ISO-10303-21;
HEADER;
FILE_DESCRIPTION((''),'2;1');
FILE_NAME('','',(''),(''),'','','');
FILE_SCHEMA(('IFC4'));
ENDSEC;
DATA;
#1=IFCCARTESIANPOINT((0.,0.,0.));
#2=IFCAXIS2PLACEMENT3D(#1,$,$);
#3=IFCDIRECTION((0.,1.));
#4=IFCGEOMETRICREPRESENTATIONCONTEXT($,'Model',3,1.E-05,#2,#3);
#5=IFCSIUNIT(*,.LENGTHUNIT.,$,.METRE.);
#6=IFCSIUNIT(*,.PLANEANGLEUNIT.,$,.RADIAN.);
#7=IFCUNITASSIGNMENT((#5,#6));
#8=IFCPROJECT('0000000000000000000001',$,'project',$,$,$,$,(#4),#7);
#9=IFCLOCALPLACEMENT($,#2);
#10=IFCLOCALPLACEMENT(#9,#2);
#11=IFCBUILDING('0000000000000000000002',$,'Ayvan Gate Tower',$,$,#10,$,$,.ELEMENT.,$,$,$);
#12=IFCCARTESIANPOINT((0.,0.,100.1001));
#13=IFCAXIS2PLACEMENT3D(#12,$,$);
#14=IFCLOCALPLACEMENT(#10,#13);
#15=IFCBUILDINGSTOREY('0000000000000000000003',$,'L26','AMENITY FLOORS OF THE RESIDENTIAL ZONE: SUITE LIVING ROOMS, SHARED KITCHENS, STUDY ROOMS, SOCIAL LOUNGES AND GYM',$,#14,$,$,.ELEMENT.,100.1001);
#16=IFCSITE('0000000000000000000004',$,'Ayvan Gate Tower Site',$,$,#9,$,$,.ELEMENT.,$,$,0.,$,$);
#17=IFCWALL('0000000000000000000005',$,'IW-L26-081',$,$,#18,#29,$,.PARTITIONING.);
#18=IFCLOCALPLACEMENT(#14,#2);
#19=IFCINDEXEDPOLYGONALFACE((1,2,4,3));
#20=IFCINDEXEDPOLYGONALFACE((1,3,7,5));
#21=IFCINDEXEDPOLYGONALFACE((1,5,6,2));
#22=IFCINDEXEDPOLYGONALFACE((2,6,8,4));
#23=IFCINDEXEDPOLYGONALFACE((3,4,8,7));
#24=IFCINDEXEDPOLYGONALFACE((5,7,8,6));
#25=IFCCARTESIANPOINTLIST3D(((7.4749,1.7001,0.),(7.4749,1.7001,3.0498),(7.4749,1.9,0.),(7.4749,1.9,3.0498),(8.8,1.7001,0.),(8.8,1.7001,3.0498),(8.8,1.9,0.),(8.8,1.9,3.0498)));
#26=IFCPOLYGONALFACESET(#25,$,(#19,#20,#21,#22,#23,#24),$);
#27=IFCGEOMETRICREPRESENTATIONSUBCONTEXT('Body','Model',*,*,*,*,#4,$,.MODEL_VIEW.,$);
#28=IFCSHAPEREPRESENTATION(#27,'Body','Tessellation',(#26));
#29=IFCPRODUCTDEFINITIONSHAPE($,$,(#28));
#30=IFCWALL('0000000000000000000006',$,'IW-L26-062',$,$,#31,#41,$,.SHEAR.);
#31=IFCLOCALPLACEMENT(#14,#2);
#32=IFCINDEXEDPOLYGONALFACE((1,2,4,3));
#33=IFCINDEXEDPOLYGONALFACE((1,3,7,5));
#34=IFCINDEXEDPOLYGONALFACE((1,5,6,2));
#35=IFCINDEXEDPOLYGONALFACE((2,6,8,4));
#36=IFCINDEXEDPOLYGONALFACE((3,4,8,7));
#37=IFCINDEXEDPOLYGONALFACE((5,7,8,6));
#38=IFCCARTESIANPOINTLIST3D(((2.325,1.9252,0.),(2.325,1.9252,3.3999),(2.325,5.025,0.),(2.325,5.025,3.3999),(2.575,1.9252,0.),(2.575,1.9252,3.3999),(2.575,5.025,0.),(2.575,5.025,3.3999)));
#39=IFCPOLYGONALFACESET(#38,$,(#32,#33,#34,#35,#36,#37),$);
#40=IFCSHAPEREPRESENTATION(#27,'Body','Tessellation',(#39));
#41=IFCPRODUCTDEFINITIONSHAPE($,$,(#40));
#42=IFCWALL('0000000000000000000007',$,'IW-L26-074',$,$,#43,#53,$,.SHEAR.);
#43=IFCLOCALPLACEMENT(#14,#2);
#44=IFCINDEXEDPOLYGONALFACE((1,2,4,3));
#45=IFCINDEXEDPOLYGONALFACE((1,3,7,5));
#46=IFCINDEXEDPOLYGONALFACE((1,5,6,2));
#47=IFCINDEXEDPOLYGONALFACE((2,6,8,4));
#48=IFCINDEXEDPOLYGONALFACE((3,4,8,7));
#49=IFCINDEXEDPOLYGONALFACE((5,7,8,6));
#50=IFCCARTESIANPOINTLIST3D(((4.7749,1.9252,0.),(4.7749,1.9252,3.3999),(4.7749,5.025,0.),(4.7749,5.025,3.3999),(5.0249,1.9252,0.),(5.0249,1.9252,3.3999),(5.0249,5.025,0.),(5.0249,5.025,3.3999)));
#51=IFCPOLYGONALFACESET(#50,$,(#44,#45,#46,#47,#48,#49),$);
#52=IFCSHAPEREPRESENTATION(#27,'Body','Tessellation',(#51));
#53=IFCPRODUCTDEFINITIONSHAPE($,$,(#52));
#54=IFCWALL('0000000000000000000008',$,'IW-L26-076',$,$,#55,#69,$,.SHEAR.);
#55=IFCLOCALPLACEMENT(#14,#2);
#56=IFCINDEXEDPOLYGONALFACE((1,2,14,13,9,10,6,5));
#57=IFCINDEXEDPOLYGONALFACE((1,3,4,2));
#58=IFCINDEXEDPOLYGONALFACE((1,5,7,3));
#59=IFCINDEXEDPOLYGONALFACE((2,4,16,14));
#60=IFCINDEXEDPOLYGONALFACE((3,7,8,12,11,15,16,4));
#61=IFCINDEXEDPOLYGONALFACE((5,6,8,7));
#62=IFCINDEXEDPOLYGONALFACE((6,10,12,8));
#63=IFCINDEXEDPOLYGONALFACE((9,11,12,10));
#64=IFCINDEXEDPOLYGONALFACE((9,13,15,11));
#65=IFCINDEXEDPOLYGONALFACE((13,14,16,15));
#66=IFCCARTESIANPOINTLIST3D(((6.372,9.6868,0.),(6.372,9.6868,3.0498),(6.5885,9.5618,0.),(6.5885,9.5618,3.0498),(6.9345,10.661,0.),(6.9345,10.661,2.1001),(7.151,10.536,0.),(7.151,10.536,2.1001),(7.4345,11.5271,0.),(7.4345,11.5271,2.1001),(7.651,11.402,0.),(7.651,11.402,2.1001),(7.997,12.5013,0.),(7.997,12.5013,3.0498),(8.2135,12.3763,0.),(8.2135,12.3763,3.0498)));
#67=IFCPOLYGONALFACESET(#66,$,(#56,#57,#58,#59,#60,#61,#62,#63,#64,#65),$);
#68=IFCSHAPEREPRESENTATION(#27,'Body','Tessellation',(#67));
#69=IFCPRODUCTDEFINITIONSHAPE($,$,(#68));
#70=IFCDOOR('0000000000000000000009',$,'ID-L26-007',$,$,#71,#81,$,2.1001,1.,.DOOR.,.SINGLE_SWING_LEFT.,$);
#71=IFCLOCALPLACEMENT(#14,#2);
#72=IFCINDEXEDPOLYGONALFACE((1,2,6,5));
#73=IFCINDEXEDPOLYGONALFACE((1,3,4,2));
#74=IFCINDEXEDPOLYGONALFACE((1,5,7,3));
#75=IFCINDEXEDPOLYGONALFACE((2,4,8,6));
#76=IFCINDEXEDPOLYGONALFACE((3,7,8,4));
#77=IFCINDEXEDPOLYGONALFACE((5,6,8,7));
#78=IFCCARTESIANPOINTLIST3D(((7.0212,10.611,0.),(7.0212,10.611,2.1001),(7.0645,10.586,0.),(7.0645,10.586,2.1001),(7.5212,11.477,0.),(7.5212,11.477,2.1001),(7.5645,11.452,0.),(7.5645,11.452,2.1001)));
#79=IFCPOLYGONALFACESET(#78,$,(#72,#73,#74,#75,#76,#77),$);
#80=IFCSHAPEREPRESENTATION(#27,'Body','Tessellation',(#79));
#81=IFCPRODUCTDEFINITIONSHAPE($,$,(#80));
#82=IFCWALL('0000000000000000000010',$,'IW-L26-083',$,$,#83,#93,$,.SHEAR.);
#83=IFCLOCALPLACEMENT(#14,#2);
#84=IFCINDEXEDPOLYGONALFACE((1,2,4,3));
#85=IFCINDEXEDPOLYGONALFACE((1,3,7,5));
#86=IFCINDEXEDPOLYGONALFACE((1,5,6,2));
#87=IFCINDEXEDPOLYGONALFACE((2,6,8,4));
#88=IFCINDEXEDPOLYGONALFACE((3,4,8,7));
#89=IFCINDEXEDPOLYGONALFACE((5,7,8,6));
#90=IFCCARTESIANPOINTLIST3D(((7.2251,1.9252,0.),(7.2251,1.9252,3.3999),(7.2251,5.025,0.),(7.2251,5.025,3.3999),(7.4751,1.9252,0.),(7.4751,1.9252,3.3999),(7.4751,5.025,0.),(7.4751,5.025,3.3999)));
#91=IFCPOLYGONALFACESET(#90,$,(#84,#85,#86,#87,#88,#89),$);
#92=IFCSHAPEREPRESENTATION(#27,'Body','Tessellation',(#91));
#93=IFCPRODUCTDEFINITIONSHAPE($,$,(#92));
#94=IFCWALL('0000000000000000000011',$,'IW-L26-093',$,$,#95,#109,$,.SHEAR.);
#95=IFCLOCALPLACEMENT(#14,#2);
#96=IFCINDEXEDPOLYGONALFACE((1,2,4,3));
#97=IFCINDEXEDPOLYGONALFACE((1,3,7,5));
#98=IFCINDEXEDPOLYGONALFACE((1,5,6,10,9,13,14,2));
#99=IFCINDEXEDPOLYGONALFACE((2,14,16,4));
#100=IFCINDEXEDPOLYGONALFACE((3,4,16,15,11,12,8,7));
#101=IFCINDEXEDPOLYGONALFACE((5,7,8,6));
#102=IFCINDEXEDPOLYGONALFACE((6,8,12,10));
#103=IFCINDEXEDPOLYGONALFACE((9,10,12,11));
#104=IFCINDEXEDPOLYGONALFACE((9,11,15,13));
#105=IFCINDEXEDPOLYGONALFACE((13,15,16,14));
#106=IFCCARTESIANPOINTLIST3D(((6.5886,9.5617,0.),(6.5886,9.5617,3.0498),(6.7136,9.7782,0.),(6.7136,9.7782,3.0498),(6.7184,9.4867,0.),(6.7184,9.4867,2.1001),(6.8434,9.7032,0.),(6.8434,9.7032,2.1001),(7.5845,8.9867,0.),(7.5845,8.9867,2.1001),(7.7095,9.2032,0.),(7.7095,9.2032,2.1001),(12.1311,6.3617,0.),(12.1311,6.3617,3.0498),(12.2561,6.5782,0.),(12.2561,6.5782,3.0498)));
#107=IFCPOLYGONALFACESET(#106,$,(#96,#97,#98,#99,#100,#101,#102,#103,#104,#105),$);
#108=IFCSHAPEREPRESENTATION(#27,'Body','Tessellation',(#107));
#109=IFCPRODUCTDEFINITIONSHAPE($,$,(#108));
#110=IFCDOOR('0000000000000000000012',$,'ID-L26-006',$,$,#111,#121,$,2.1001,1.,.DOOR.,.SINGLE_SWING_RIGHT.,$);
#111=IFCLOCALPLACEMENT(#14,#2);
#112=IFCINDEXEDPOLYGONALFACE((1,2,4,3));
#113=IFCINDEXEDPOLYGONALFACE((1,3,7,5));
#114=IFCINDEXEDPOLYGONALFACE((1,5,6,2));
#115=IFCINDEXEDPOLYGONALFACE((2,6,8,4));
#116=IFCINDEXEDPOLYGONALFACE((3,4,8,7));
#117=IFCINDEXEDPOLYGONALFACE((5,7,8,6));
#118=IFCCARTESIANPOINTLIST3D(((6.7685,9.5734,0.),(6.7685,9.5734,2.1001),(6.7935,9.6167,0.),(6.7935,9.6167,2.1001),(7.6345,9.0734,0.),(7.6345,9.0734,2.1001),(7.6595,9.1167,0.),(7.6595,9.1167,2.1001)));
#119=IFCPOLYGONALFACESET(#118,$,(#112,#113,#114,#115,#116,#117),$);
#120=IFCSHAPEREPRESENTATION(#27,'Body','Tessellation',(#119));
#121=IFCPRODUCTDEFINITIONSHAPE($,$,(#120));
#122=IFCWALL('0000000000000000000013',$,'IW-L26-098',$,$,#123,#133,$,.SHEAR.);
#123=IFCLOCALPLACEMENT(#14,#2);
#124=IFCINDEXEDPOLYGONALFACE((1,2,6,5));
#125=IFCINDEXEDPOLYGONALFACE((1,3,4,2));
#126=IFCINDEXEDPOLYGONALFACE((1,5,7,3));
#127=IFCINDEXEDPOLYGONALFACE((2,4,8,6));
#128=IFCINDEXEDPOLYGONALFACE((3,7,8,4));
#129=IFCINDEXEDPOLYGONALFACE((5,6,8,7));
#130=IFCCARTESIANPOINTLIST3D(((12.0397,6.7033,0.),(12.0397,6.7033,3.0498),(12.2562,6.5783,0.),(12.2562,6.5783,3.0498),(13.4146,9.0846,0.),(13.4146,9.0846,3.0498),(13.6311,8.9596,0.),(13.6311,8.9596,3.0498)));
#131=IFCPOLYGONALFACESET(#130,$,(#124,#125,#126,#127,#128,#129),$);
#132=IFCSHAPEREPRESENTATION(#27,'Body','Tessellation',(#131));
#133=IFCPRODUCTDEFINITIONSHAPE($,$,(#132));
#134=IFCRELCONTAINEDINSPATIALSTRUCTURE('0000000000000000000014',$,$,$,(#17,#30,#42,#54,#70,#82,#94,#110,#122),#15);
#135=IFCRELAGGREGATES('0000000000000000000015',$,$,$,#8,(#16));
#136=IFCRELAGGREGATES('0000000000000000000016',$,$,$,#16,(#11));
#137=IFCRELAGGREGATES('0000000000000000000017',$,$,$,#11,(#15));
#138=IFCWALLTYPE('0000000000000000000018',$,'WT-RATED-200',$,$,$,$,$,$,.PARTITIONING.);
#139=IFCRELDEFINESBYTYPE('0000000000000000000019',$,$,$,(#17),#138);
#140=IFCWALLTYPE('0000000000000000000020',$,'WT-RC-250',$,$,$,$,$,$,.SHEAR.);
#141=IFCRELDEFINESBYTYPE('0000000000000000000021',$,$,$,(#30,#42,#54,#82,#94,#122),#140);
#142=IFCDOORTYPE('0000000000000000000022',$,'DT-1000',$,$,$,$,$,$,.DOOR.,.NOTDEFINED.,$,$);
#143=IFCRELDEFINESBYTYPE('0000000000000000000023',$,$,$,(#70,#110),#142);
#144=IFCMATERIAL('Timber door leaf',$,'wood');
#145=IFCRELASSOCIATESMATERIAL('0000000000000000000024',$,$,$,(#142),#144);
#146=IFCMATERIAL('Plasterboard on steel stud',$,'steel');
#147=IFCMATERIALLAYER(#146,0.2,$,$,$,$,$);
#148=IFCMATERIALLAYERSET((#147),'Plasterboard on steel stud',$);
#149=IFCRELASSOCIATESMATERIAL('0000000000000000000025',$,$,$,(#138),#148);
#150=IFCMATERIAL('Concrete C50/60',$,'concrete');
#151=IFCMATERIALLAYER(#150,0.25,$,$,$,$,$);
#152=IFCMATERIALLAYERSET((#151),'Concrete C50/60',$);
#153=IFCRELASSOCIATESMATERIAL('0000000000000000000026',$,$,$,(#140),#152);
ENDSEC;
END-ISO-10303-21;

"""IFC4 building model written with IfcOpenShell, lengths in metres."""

from ifc_helpers import new_model, si_unit, direction, frame, frame_2d, origin, place, context, subcontext, project, spatial, rectangle, extrude, material, layer, layer_set, type_object, element, fill, save


model = new_model("IFC4")

# Units and contexts
model_context = context("Model", 3, precision=1e-05, world=origin(), true_north=direction((0.0, 1.0)))
body_context = subcontext(model_context, "Body", "Model", "MODEL_VIEW")
ifc_project = project(units=[si_unit("LENGTHUNIT", "METRE"), si_unit("PLANEANGLEUNIT", "RADIAN")], contexts=[model_context])

# Site, building, storey
site_placement = place(None, origin())
site = spatial("IfcSite", under=ifc_project, at=site_placement, Name="Ayvan Gate Tower Site", CompositionType="ELEMENT", RefElevation=0.0)
building_placement = place(site_placement, origin())
building = spatial("IfcBuilding", under=site, at=building_placement, Name="Ayvan Gate Tower", CompositionType="ELEMENT")
storey_placement = place(building_placement, frame((0.0, 0.0, 100.1001)))
storey = spatial("IfcBuildingStorey", under=building, at=storey_placement, Name="L26", Description="AMENITY FLOORS OF THE RESIDENTIAL ZONE: SUITE LIVING ROOMS, SHARED KITCHENS, STUDY ROOMS, SOCIAL LOUNGES AND GYM", CompositionType="ELEMENT", Elevation=100.1001)

# Shared definitions
ifc_material_1 = material(Name="Timber door leaf", Category="wood")

# Shared definitions
ifc_material_2 = material(Name="Plasterboard on steel stud", Category="steel")

# Shared definitions
door_type_1 = type_object("IfcDoorType", Name="DT-1000", OperationType="NOTDEFINED", PredefinedType="DOOR", material=ifc_material_1)

# Shared definitions
ifc_layer_1 = layer(ifc_material_2, 0.2)
ifc_layer_set_1 = layer_set([ifc_layer_1], Name="Plasterboard on steel stud")
wall_type_1 = type_object("IfcWallType", Name="WT-RATED-200", PredefinedType="PARTITIONING", material=ifc_layer_set_1)

# Walls
wall_1_placement = place(storey_placement, frame((7.4749, 1.8, 0.0), z_axis=(0.0, 0.0, 1.0), x_axis=(1.0, 0.0, 0.0)))
element("IfcWall", 1, at=wall_1_placement, inside=storey, type_object=wall_type_1, Name="IW-L26-081", PredefinedType="PARTITIONING", context=body_context, shape_type="SweptSolid", body=[
    extrude(rectangle(XDim=1.3252, YDim=0.2, at=frame_2d((0.6626, 0.0))), origin(), (0.0, 0.0, 1.0), 3.0498),
])
ifc_material_3 = material(Name="Concrete C50/60", Category="concrete")
ifc_layer_2 = layer(ifc_material_3, 0.25)
ifc_layer_set_2 = layer_set([ifc_layer_2], Name="Concrete C50/60")
wall_type_2 = type_object("IfcWallType", Name="WT-RC-250", PredefinedType="SHEAR", material=ifc_layer_set_2)
for number, where, z_axis, x_axis, name in (
    (2, (2.45, 5.0249, 0.0), (0.0, 0.0, 1.0), (0.0, -1.0, 0.0), "IW-L26-062"),
    (3, (4.8999, 5.0249, 0.0), (0.0, 0.0, 1.0), (0.0, -1.0, 0.0), "IW-L26-074"),
):
    element("IfcWall", number, at=place(storey_placement, frame(where, z_axis=z_axis, x_axis=x_axis)), inside=storey, type_object=wall_type_2, Name=name, PredefinedType="SHEAR", context=body_context, shape_type="SweptSolid", body=[
        extrude(rectangle(XDim=3.0999, YDim=0.25, at=frame_2d((1.5498, 0.0))), origin(), (0.0, 0.0, 1.0), 3.3999),
    ])

# Wall, opening, door
wall_2_placement = place(storey_placement, frame((6.4802, 9.6243, 0.0), z_axis=(0.0, 0.0, 1.0), x_axis=(0.500017, 0.866015, 0.0)))
wall_2 = element("IfcWall", 4, at=wall_2_placement, inside=storey, type_object=wall_type_2, Name="IW-L26-076", PredefinedType="SHEAR", context=body_context, shape_type="SweptSolid", body=[
    extrude(rectangle(XDim=3.25, YDim=0.25, at=frame_2d((1.625, 0.0))), origin(), (0.0, 0.0, 1.0), 3.0498),
])
opening_1_placement = place(wall_2_placement, frame((1.125, 0.0, 0.0)))
opening_1 = element("IfcOpeningElement", 5, at=opening_1_placement, cuts=wall_2, PredefinedType="OPENING", context=body_context, shape_type="SweptSolid", body=[
    extrude(rectangle(XDim=1.0, YDim=2.1001, at=frame_2d((0.5, 1.05))), frame((0.0, 0.135, 0.0), z_axis=(0.0, -1.0, 0.0), x_axis=(1.0, 0.0, 0.0)), (0.0, 0.0, 1.0), 0.27),
])
door_1_placement = place(opening_1_placement, origin())
door_1 = element("IfcDoor", 6, at=door_1_placement, inside=storey, type_object=door_type_1, Name="ID-L26-007", OperationType="SINGLE_SWING_LEFT", OverallHeight=2.1001, OverallWidth=1.0, PredefinedType="DOOR", context=body_context, shape_type="SweptSolid", body=[
    extrude(rectangle(XDim=1.0, YDim=2.1001, at=frame_2d((0.5, 1.05))), frame((0.0, 0.0249, 0.0), z_axis=(0.0, -1.0, 0.0), x_axis=(1.0, 0.0, 0.0)), (0.0, 0.0, 1.0), 0.05),
])
fill(opening_1, door_1)

# Wall
wall_3_placement = place(storey_placement, frame((7.3501, 5.0249, 0.0), z_axis=(0.0, 0.0, 1.0), x_axis=(0.0, -1.0, 0.0)))
element("IfcWall", 7, at=wall_3_placement, inside=storey, type_object=wall_type_2, Name="IW-L26-083", PredefinedType="SHEAR", context=body_context, shape_type="SweptSolid", body=[
    extrude(rectangle(XDim=3.0999, YDim=0.25, at=frame_2d((1.5498, 0.0))), origin(), (0.0, 0.0, 1.0), 3.3999),
])

# Wall, opening, door
wall_4_placement = place(storey_placement, frame((12.1936, 6.47, 0.0), z_axis=(0.0, 0.0, 1.0), x_axis=(-0.866025, 0.5, 0.0)))
wall_4 = element("IfcWall", 8, at=wall_4_placement, inside=storey, type_object=wall_type_2, Name="IW-L26-093", PredefinedType="SHEAR", context=body_context, shape_type="SweptSolid", body=[
    extrude(rectangle(XDim=6.3999, YDim=0.25, at=frame_2d((3.2, 0.0))), origin(), (0.0, 0.0, 1.0), 3.0498),
])
opening_2_placement = place(wall_4_placement, frame((5.25, 0.0, 0.0)))
opening_2 = element("IfcOpeningElement", 9, at=opening_2_placement, cuts=wall_4, PredefinedType="OPENING", context=body_context, shape_type="SweptSolid", body=[
    extrude(rectangle(XDim=1.0, YDim=2.1001, at=frame_2d((0.5, 1.05))), frame((0.0, 0.135, 0.0), z_axis=(0.0, -1.0, 0.0), x_axis=(1.0, 0.0, 0.0)), (0.0, 0.0, 1.0), 0.27),
])
door_2_placement = place(opening_2_placement, origin())
door_2 = element("IfcDoor", 10, at=door_2_placement, inside=storey, type_object=door_type_1, Name="ID-L26-006", OperationType="SINGLE_SWING_RIGHT", OverallHeight=2.1001, OverallWidth=1.0, PredefinedType="DOOR", context=body_context, shape_type="SweptSolid", body=[
    extrude(rectangle(XDim=1.0, YDim=2.1001, at=frame_2d((0.5, 1.05))), frame((0.0, 0.0249, 0.0), z_axis=(0.0, -1.0, 0.0), x_axis=(1.0, 0.0, 0.0)), (0.0, 0.0, 1.0), 0.05),
])
fill(opening_2, door_2)

# Wall
wall_5_placement = place(storey_placement, frame((13.5229, 9.0222, 0.0), z_axis=(0.0, 0.0, 1.0), x_axis=(-0.500035, -0.866005, 0.0)))
element("IfcWall", 11, at=wall_5_placement, inside=storey, type_object=wall_type_2, Name="IW-L26-098", PredefinedType="SHEAR", context=body_context, shape_type="SweptSolid", body=[
    extrude(rectangle(XDim=2.7498, YDim=0.25, at=frame_2d((1.375, 0.0))), origin(), (0.0, 0.0, 1.0), 3.0498),
])

save(model, "model.ifc")
